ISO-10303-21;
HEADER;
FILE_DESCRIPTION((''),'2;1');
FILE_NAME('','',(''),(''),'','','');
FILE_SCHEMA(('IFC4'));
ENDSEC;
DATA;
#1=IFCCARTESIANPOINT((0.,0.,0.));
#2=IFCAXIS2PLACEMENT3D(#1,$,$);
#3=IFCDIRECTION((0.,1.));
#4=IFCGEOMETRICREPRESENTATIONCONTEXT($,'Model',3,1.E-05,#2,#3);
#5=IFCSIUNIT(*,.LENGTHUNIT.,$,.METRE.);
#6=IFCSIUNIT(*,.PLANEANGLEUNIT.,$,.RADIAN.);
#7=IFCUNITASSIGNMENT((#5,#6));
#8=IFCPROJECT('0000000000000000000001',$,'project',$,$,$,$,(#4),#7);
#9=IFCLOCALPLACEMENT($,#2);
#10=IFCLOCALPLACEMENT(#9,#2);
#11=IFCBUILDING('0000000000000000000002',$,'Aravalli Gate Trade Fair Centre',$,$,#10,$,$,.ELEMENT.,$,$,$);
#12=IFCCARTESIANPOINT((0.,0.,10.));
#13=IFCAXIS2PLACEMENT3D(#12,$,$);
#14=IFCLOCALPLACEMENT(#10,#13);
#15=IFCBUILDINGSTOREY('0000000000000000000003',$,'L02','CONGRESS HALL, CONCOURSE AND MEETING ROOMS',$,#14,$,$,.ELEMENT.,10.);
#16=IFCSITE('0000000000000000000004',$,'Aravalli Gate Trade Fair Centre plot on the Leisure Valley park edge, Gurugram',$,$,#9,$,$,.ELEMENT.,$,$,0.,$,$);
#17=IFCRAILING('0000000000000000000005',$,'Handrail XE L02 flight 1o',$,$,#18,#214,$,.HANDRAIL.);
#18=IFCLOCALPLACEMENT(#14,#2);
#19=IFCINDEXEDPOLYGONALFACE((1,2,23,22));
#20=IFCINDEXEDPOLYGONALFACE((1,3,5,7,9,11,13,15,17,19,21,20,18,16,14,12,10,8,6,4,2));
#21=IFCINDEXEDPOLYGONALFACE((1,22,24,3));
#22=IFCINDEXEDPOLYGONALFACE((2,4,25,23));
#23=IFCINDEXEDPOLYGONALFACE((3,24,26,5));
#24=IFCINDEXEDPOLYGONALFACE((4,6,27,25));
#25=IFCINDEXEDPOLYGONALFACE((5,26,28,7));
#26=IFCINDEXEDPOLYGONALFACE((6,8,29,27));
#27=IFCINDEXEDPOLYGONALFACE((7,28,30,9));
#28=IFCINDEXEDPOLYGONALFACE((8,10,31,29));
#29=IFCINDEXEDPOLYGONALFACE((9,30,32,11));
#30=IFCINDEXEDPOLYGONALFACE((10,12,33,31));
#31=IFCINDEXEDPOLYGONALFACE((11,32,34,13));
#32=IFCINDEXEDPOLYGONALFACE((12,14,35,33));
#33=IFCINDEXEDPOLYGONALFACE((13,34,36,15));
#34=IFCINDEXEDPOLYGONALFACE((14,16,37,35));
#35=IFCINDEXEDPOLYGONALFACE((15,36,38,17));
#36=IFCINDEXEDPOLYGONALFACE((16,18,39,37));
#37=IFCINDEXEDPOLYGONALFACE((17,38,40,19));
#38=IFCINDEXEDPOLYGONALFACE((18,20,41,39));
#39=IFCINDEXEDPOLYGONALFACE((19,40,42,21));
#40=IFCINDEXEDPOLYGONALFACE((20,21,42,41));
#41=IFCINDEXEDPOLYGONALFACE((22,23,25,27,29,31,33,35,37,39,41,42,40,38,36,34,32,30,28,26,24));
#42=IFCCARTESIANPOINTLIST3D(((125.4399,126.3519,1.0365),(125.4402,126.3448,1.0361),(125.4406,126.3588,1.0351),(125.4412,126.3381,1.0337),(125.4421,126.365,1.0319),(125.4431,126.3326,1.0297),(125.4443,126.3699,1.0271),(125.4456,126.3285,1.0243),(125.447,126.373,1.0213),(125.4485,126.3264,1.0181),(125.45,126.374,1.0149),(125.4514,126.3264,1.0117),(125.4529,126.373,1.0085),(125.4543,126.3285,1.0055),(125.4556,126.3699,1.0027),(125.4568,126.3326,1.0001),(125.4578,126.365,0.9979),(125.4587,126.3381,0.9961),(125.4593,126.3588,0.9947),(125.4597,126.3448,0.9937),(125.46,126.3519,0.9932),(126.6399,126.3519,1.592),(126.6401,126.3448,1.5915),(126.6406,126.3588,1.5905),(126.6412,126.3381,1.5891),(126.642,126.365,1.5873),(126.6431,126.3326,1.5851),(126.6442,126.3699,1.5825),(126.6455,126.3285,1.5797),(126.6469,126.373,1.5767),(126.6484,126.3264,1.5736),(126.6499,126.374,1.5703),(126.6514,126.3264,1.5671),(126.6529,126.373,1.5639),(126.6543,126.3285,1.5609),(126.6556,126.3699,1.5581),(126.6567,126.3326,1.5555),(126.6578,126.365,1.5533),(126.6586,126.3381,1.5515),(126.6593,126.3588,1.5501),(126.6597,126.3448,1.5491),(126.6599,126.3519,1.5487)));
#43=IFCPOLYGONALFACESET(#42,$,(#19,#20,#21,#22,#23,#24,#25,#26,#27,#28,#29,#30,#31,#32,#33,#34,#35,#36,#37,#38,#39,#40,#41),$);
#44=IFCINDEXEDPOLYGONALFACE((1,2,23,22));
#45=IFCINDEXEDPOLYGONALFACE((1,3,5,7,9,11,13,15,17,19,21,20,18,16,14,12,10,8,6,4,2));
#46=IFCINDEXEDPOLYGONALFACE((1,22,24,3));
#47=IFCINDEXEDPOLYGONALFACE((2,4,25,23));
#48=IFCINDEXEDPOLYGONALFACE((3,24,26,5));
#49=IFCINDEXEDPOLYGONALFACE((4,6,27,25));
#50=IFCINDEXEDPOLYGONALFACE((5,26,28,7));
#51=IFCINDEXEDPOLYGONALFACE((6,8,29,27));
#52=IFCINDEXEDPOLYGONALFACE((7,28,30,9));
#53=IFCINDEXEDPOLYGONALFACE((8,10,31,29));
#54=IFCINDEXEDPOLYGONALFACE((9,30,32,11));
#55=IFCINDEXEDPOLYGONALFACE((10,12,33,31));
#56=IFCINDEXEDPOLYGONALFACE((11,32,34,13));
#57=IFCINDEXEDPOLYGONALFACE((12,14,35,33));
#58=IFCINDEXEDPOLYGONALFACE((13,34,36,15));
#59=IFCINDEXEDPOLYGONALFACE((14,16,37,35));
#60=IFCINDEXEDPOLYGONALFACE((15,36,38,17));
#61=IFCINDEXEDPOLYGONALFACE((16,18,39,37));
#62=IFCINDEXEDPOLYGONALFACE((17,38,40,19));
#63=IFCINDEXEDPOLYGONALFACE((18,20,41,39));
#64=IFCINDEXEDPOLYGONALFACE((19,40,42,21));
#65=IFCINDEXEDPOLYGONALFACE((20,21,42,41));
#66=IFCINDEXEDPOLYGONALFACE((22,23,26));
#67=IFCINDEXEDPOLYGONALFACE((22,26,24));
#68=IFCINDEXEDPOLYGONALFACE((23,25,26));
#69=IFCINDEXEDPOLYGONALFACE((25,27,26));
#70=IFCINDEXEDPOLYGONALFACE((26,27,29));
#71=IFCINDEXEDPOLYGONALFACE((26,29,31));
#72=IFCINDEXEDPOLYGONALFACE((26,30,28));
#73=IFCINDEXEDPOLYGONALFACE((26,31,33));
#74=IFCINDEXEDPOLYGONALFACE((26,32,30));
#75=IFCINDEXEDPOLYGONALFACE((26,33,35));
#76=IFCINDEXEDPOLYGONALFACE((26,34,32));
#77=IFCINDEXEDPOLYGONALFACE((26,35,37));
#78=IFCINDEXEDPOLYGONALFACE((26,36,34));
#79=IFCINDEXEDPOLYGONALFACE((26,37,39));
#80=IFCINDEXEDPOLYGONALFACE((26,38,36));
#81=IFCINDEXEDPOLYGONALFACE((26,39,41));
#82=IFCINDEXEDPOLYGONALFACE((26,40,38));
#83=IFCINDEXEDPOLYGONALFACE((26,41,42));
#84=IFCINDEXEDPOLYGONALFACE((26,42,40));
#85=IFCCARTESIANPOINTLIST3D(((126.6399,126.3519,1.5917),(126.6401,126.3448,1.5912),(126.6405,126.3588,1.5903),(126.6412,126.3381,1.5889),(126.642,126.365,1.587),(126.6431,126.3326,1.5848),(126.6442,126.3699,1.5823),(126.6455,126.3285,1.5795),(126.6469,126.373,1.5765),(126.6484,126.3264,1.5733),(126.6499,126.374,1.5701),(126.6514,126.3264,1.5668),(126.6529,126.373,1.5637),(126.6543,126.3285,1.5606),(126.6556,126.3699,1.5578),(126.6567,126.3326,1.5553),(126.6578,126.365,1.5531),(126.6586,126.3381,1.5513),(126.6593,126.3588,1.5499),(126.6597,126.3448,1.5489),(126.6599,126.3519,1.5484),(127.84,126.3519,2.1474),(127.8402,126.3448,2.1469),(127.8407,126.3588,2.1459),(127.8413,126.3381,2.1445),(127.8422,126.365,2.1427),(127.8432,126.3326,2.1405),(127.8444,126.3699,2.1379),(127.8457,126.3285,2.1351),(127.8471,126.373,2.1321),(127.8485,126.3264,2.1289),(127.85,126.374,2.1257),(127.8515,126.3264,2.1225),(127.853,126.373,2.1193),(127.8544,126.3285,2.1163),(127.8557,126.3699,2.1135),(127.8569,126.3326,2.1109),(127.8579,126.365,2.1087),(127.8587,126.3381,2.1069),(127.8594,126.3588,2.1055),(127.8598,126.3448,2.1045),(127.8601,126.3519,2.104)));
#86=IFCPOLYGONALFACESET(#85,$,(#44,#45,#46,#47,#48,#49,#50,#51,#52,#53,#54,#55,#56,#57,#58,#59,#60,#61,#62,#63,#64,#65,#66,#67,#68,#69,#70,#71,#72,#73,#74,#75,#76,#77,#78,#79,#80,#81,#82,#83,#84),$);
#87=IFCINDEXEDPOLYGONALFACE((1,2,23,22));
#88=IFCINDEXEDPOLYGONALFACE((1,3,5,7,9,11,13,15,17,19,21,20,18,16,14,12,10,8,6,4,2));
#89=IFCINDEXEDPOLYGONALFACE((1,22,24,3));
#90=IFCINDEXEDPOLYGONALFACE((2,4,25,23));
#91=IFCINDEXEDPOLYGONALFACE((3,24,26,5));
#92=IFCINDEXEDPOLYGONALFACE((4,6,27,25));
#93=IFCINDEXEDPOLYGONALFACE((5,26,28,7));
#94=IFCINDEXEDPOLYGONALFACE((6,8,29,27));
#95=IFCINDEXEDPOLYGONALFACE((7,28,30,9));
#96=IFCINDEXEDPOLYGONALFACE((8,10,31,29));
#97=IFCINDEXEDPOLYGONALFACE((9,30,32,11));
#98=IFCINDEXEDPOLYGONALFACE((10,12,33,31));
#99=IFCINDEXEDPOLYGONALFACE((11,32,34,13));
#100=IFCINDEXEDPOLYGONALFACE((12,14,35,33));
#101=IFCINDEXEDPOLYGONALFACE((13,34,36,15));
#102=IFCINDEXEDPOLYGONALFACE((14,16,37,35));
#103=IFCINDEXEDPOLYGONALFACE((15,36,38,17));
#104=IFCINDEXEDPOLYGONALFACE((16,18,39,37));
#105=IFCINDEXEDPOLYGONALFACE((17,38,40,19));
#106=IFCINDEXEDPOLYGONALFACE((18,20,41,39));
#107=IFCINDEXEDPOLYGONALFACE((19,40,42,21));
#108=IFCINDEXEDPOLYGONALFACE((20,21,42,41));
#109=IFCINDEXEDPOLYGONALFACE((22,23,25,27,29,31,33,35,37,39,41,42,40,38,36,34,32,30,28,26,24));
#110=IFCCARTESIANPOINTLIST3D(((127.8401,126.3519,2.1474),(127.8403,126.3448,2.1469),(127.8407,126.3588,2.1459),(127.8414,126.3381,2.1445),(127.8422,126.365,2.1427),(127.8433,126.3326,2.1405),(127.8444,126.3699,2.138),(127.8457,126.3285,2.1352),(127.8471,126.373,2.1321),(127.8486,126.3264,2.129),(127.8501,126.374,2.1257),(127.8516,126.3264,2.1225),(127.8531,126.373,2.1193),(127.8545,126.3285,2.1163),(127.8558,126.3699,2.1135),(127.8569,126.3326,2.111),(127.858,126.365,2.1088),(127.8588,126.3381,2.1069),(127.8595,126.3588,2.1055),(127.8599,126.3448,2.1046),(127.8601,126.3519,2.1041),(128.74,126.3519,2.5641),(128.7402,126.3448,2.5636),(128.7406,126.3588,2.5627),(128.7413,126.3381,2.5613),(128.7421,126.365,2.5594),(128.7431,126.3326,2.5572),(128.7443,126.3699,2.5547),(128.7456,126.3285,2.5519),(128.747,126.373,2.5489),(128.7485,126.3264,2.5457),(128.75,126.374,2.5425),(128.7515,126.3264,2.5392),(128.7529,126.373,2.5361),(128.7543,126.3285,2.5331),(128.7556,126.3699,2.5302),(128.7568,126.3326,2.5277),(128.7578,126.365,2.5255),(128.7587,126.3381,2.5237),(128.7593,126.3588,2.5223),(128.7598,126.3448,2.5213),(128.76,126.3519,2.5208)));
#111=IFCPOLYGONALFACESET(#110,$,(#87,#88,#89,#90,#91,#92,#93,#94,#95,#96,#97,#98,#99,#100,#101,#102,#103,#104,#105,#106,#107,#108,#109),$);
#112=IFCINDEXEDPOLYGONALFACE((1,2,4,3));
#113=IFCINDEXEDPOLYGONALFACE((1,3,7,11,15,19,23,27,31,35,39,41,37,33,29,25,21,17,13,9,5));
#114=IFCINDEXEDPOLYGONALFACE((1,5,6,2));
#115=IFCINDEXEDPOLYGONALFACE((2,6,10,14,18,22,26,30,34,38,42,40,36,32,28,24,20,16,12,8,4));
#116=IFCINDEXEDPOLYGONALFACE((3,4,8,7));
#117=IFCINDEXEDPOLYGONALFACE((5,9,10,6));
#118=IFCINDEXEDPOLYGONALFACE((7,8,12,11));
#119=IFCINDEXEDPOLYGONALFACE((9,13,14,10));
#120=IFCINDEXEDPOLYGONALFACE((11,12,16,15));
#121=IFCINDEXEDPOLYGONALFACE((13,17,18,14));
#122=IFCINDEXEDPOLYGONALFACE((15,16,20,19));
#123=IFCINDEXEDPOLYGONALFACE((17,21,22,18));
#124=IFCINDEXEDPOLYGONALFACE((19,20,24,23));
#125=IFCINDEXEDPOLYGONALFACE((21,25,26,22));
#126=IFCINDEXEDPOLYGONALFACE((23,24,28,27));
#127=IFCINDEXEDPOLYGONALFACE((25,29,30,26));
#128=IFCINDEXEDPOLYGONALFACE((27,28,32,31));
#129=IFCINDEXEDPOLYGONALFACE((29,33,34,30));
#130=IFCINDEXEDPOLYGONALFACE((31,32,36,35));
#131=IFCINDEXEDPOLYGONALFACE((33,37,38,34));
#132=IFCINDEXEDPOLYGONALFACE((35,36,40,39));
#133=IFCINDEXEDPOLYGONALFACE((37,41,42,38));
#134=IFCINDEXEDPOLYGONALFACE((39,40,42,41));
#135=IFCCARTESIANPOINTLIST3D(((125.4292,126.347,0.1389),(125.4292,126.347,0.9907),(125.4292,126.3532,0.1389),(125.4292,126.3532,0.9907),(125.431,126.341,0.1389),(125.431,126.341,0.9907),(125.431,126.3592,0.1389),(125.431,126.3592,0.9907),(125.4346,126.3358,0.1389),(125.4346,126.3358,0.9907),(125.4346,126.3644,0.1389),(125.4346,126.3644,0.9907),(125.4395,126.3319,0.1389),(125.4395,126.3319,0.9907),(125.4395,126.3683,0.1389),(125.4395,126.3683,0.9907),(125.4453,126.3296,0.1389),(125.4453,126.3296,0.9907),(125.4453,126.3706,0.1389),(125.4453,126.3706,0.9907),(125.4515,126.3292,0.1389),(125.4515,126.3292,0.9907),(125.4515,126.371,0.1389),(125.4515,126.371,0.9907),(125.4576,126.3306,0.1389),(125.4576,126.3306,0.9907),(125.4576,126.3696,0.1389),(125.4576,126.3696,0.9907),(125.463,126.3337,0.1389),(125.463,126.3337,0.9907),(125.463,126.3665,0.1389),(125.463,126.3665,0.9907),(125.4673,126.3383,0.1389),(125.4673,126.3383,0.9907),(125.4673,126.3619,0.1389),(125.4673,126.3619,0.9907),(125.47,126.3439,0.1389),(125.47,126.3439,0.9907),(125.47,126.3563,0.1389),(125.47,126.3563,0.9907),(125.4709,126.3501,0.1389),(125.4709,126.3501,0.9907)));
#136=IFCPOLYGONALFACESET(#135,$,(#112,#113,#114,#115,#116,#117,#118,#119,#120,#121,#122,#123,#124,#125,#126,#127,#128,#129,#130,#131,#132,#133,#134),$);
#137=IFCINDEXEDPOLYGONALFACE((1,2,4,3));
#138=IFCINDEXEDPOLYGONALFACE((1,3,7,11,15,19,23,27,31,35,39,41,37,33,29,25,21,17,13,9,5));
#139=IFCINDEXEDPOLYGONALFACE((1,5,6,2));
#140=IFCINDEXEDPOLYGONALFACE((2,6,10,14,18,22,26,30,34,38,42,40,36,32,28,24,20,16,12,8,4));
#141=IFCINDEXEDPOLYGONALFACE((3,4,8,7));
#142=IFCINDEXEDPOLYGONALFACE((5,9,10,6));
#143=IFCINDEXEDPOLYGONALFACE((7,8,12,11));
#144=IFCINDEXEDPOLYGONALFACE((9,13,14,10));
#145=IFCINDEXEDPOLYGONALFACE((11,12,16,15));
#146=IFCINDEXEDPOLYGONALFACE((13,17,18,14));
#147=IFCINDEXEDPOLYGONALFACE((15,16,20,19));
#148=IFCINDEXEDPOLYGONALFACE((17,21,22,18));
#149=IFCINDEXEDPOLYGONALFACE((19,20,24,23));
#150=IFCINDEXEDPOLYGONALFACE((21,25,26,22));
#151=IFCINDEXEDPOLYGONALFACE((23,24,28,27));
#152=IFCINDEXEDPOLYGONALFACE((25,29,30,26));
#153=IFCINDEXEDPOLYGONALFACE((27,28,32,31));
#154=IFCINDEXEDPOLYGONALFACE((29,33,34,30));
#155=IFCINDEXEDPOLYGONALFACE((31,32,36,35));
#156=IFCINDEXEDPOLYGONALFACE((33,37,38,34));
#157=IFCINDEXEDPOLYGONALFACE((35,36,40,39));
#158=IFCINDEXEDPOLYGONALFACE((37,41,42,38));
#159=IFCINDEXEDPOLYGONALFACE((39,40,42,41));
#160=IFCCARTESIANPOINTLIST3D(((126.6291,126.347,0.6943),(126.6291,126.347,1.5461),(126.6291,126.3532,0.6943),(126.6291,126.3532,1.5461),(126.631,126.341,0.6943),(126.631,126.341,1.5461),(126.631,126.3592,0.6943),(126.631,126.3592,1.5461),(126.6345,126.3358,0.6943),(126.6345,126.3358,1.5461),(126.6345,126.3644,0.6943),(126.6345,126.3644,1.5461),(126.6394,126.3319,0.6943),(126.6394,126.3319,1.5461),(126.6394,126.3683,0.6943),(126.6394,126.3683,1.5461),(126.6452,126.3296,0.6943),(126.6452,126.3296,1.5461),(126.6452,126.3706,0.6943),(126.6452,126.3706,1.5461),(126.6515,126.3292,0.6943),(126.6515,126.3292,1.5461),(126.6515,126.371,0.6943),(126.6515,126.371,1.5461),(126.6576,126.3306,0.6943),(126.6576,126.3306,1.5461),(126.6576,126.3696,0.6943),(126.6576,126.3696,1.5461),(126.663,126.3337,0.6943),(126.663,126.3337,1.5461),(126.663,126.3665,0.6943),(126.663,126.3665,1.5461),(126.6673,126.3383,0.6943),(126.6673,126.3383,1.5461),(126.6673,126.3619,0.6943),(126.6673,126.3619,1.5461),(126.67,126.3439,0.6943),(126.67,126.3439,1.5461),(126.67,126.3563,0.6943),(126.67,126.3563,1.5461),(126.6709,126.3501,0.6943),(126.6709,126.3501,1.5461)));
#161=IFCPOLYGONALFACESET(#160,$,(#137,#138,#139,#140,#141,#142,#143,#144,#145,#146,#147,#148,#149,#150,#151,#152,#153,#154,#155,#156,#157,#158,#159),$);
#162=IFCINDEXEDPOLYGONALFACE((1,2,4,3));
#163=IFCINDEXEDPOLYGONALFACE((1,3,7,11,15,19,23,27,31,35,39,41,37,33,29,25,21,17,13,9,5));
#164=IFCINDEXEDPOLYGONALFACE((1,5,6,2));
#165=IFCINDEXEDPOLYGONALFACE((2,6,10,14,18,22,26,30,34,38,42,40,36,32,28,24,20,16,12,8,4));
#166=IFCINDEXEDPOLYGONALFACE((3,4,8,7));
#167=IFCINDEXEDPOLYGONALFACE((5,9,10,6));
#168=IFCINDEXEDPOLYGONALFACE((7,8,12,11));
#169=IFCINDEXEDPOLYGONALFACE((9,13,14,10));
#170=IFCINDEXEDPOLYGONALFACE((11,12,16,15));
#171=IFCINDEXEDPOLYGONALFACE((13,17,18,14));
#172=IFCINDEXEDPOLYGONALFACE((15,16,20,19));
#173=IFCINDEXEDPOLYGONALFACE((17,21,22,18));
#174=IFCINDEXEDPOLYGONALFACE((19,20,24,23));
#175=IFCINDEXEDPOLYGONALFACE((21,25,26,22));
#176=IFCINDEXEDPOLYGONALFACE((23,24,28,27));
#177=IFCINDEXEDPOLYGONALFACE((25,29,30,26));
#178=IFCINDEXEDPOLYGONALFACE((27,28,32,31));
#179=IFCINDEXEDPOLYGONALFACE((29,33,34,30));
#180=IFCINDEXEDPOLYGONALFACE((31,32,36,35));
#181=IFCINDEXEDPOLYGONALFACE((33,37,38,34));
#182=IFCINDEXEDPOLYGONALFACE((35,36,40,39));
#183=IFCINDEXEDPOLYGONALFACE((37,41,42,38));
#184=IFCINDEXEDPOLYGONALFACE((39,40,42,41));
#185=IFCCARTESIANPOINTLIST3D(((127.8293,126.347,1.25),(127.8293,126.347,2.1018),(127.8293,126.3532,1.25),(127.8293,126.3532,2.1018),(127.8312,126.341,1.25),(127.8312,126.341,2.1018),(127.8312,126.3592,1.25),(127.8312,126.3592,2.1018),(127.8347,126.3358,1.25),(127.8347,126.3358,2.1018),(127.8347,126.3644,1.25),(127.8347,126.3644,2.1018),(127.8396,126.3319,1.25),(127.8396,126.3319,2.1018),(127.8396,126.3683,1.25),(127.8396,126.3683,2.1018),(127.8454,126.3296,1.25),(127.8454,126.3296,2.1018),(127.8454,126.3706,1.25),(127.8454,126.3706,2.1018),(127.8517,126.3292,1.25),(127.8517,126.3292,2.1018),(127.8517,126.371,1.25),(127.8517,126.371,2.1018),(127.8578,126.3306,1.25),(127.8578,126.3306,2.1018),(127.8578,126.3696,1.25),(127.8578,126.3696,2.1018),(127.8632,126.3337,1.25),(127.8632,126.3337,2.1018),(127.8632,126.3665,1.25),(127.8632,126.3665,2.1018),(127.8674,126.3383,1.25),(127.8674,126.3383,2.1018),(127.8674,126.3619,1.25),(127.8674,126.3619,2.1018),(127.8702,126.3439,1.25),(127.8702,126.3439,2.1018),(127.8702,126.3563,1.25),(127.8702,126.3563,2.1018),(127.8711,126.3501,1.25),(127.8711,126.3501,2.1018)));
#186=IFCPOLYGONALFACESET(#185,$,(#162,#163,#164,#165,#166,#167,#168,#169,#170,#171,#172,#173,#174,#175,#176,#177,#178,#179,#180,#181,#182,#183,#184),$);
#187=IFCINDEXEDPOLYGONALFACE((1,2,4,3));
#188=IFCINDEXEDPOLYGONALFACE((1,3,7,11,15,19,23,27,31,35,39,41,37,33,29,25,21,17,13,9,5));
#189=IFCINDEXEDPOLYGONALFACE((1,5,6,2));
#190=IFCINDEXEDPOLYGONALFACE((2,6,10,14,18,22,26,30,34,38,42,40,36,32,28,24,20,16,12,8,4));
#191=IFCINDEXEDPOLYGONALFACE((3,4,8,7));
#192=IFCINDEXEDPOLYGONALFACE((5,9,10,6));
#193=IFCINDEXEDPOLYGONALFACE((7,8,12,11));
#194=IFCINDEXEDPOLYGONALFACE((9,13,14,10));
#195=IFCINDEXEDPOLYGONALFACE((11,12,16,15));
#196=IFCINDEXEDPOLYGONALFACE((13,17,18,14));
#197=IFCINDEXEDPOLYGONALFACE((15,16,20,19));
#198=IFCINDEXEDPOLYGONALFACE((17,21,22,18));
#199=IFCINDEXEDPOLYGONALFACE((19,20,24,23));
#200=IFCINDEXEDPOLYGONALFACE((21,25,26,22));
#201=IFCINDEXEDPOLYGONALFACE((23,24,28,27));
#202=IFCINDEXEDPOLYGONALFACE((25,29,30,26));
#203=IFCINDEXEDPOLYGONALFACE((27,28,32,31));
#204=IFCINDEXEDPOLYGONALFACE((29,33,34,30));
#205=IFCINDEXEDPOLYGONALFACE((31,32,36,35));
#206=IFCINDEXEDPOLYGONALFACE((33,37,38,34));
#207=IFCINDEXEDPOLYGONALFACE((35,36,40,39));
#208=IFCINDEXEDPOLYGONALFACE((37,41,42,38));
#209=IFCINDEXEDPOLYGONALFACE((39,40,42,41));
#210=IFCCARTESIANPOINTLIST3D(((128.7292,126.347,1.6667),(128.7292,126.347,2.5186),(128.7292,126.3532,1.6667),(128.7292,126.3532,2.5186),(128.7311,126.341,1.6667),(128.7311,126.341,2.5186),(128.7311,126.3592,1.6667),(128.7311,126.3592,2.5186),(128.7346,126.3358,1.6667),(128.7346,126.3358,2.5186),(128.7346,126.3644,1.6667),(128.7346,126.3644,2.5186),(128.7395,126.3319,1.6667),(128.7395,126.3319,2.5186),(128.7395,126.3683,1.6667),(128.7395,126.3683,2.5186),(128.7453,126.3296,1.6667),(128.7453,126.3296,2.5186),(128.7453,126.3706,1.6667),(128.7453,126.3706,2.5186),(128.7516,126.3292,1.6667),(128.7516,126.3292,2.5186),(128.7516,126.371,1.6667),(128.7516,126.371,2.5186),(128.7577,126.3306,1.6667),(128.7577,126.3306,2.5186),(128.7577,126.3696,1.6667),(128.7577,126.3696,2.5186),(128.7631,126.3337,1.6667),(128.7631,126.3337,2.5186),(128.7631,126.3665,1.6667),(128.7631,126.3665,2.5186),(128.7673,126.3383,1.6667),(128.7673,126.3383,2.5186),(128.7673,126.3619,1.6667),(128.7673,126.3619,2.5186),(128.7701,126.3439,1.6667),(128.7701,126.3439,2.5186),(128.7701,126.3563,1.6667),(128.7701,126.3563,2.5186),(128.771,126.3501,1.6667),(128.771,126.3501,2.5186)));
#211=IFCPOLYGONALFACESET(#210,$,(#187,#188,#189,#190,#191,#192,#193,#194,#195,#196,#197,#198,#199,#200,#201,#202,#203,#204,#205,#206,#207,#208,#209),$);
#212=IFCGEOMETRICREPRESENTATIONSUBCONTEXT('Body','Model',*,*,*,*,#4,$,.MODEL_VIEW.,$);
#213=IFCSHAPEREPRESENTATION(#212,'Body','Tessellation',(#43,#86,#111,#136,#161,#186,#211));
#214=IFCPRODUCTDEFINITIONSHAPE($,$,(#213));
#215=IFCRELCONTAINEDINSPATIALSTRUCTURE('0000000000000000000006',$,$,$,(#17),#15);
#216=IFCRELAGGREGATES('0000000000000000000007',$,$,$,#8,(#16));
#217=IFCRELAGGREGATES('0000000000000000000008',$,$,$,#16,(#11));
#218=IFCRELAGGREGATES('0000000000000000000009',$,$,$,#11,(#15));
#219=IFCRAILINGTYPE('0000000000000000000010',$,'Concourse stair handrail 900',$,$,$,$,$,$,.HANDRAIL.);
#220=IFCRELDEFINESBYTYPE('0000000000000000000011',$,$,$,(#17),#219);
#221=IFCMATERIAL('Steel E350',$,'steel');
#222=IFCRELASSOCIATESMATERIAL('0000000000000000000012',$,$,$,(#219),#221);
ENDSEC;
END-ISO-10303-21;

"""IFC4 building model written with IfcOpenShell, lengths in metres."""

from ifc_helpers import new_model, si_unit, direction, frame, origin, origin_2d, place, context, subcontext, project, spatial, circle, extrude, material, type_object, element, save


model = new_model("IFC4")

# Units and contexts
model_context = context("Model", 3, precision=1e-05, world=origin(), true_north=direction((0.0, 1.0)))
body_context = subcontext(model_context, "Body", "Model", "MODEL_VIEW")
ifc_project = project(units=[si_unit("LENGTHUNIT", "METRE"), si_unit("PLANEANGLEUNIT", "RADIAN")], contexts=[model_context])

# Site, building, storey
site_placement = place(None, origin())
site = spatial("IfcSite", under=ifc_project, at=site_placement, Name="Aravalli Gate Trade Fair Centre plot on the Leisure Valley park edge, Gurugram", CompositionType="ELEMENT", RefElevation=0.0)
building_placement = place(site_placement, origin())
building = spatial("IfcBuilding", under=site, at=building_placement, Name="Aravalli Gate Trade Fair Centre", CompositionType="ELEMENT")
storey_placement = place(building_placement, frame((0.0, 0.0, 10.0)))
storey = spatial("IfcBuildingStorey", under=building, at=storey_placement, Name="L02", Description="CONGRESS HALL, CONCOURSE AND MEETING ROOMS", CompositionType="ELEMENT", Elevation=10.0)

# Shared definitions
ifc_material_1 = material(Name="Steel E350", Category="steel")

# Railing
railing_type_1 = type_object("IfcRailingType", Name="Concourse stair handrail 900", PredefinedType="HANDRAIL", material=ifc_material_1)
for number, where, name in (
    (1, (125.45, 126.3501, 0.1389), "Handrail XE L02 flight 1o"),
):
    element("IfcRailing", number, at=place(storey_placement, frame(where)), inside=storey, type_object=railing_type_1, Name=name, PredefinedType="HANDRAIL", context=body_context, shape_type="SweptSolid", body=[
        extrude(circle(Radius=0.0239, at=origin_2d()), frame((0.0, 0.0, 0.876), z_axis=(0.907499, 0.0, 0.420053), x_axis=(0.0, 1.0, 0.0)), (0.0, 0.0, 1.0), 1.3223),
        extrude(circle(Radius=0.0239, at=origin_2d()), frame((1.2, 0.0, 1.4312), z_axis=(0.907462, 0.0, 0.420135), x_axis=(0.0, 1.0, 0.0)), (0.0, 0.0, 1.0), 1.3225),
        extrude(circle(Radius=0.0239, at=origin_2d()), frame((2.4001, 0.0, 1.9868), z_axis=(0.907418, 0.0, 0.420229), x_axis=(0.0, 1.0, 0.0)), (0.0, 0.0, 1.0), 0.9917),
        extrude(circle(Radius=0.021, at=origin_2d()), origin(), (0.0, 0.0, 1.0), 0.8518),
        extrude(circle(Radius=0.021, at=origin_2d()), frame((1.2, 0.0, 0.5554)), (0.0, 0.0, 1.0), 0.8518),
        extrude(circle(Radius=0.021, at=origin_2d()), frame((2.4001, 0.0, 1.1111)), (0.0, 0.0, 1.0), 0.8518),
        extrude(circle(Radius=0.021, at=origin_2d()), frame((3.3, 0.0, 1.5278)), (0.0, 0.0, 1.0), 0.8518),
    ])

save(model, "model.ifc")
